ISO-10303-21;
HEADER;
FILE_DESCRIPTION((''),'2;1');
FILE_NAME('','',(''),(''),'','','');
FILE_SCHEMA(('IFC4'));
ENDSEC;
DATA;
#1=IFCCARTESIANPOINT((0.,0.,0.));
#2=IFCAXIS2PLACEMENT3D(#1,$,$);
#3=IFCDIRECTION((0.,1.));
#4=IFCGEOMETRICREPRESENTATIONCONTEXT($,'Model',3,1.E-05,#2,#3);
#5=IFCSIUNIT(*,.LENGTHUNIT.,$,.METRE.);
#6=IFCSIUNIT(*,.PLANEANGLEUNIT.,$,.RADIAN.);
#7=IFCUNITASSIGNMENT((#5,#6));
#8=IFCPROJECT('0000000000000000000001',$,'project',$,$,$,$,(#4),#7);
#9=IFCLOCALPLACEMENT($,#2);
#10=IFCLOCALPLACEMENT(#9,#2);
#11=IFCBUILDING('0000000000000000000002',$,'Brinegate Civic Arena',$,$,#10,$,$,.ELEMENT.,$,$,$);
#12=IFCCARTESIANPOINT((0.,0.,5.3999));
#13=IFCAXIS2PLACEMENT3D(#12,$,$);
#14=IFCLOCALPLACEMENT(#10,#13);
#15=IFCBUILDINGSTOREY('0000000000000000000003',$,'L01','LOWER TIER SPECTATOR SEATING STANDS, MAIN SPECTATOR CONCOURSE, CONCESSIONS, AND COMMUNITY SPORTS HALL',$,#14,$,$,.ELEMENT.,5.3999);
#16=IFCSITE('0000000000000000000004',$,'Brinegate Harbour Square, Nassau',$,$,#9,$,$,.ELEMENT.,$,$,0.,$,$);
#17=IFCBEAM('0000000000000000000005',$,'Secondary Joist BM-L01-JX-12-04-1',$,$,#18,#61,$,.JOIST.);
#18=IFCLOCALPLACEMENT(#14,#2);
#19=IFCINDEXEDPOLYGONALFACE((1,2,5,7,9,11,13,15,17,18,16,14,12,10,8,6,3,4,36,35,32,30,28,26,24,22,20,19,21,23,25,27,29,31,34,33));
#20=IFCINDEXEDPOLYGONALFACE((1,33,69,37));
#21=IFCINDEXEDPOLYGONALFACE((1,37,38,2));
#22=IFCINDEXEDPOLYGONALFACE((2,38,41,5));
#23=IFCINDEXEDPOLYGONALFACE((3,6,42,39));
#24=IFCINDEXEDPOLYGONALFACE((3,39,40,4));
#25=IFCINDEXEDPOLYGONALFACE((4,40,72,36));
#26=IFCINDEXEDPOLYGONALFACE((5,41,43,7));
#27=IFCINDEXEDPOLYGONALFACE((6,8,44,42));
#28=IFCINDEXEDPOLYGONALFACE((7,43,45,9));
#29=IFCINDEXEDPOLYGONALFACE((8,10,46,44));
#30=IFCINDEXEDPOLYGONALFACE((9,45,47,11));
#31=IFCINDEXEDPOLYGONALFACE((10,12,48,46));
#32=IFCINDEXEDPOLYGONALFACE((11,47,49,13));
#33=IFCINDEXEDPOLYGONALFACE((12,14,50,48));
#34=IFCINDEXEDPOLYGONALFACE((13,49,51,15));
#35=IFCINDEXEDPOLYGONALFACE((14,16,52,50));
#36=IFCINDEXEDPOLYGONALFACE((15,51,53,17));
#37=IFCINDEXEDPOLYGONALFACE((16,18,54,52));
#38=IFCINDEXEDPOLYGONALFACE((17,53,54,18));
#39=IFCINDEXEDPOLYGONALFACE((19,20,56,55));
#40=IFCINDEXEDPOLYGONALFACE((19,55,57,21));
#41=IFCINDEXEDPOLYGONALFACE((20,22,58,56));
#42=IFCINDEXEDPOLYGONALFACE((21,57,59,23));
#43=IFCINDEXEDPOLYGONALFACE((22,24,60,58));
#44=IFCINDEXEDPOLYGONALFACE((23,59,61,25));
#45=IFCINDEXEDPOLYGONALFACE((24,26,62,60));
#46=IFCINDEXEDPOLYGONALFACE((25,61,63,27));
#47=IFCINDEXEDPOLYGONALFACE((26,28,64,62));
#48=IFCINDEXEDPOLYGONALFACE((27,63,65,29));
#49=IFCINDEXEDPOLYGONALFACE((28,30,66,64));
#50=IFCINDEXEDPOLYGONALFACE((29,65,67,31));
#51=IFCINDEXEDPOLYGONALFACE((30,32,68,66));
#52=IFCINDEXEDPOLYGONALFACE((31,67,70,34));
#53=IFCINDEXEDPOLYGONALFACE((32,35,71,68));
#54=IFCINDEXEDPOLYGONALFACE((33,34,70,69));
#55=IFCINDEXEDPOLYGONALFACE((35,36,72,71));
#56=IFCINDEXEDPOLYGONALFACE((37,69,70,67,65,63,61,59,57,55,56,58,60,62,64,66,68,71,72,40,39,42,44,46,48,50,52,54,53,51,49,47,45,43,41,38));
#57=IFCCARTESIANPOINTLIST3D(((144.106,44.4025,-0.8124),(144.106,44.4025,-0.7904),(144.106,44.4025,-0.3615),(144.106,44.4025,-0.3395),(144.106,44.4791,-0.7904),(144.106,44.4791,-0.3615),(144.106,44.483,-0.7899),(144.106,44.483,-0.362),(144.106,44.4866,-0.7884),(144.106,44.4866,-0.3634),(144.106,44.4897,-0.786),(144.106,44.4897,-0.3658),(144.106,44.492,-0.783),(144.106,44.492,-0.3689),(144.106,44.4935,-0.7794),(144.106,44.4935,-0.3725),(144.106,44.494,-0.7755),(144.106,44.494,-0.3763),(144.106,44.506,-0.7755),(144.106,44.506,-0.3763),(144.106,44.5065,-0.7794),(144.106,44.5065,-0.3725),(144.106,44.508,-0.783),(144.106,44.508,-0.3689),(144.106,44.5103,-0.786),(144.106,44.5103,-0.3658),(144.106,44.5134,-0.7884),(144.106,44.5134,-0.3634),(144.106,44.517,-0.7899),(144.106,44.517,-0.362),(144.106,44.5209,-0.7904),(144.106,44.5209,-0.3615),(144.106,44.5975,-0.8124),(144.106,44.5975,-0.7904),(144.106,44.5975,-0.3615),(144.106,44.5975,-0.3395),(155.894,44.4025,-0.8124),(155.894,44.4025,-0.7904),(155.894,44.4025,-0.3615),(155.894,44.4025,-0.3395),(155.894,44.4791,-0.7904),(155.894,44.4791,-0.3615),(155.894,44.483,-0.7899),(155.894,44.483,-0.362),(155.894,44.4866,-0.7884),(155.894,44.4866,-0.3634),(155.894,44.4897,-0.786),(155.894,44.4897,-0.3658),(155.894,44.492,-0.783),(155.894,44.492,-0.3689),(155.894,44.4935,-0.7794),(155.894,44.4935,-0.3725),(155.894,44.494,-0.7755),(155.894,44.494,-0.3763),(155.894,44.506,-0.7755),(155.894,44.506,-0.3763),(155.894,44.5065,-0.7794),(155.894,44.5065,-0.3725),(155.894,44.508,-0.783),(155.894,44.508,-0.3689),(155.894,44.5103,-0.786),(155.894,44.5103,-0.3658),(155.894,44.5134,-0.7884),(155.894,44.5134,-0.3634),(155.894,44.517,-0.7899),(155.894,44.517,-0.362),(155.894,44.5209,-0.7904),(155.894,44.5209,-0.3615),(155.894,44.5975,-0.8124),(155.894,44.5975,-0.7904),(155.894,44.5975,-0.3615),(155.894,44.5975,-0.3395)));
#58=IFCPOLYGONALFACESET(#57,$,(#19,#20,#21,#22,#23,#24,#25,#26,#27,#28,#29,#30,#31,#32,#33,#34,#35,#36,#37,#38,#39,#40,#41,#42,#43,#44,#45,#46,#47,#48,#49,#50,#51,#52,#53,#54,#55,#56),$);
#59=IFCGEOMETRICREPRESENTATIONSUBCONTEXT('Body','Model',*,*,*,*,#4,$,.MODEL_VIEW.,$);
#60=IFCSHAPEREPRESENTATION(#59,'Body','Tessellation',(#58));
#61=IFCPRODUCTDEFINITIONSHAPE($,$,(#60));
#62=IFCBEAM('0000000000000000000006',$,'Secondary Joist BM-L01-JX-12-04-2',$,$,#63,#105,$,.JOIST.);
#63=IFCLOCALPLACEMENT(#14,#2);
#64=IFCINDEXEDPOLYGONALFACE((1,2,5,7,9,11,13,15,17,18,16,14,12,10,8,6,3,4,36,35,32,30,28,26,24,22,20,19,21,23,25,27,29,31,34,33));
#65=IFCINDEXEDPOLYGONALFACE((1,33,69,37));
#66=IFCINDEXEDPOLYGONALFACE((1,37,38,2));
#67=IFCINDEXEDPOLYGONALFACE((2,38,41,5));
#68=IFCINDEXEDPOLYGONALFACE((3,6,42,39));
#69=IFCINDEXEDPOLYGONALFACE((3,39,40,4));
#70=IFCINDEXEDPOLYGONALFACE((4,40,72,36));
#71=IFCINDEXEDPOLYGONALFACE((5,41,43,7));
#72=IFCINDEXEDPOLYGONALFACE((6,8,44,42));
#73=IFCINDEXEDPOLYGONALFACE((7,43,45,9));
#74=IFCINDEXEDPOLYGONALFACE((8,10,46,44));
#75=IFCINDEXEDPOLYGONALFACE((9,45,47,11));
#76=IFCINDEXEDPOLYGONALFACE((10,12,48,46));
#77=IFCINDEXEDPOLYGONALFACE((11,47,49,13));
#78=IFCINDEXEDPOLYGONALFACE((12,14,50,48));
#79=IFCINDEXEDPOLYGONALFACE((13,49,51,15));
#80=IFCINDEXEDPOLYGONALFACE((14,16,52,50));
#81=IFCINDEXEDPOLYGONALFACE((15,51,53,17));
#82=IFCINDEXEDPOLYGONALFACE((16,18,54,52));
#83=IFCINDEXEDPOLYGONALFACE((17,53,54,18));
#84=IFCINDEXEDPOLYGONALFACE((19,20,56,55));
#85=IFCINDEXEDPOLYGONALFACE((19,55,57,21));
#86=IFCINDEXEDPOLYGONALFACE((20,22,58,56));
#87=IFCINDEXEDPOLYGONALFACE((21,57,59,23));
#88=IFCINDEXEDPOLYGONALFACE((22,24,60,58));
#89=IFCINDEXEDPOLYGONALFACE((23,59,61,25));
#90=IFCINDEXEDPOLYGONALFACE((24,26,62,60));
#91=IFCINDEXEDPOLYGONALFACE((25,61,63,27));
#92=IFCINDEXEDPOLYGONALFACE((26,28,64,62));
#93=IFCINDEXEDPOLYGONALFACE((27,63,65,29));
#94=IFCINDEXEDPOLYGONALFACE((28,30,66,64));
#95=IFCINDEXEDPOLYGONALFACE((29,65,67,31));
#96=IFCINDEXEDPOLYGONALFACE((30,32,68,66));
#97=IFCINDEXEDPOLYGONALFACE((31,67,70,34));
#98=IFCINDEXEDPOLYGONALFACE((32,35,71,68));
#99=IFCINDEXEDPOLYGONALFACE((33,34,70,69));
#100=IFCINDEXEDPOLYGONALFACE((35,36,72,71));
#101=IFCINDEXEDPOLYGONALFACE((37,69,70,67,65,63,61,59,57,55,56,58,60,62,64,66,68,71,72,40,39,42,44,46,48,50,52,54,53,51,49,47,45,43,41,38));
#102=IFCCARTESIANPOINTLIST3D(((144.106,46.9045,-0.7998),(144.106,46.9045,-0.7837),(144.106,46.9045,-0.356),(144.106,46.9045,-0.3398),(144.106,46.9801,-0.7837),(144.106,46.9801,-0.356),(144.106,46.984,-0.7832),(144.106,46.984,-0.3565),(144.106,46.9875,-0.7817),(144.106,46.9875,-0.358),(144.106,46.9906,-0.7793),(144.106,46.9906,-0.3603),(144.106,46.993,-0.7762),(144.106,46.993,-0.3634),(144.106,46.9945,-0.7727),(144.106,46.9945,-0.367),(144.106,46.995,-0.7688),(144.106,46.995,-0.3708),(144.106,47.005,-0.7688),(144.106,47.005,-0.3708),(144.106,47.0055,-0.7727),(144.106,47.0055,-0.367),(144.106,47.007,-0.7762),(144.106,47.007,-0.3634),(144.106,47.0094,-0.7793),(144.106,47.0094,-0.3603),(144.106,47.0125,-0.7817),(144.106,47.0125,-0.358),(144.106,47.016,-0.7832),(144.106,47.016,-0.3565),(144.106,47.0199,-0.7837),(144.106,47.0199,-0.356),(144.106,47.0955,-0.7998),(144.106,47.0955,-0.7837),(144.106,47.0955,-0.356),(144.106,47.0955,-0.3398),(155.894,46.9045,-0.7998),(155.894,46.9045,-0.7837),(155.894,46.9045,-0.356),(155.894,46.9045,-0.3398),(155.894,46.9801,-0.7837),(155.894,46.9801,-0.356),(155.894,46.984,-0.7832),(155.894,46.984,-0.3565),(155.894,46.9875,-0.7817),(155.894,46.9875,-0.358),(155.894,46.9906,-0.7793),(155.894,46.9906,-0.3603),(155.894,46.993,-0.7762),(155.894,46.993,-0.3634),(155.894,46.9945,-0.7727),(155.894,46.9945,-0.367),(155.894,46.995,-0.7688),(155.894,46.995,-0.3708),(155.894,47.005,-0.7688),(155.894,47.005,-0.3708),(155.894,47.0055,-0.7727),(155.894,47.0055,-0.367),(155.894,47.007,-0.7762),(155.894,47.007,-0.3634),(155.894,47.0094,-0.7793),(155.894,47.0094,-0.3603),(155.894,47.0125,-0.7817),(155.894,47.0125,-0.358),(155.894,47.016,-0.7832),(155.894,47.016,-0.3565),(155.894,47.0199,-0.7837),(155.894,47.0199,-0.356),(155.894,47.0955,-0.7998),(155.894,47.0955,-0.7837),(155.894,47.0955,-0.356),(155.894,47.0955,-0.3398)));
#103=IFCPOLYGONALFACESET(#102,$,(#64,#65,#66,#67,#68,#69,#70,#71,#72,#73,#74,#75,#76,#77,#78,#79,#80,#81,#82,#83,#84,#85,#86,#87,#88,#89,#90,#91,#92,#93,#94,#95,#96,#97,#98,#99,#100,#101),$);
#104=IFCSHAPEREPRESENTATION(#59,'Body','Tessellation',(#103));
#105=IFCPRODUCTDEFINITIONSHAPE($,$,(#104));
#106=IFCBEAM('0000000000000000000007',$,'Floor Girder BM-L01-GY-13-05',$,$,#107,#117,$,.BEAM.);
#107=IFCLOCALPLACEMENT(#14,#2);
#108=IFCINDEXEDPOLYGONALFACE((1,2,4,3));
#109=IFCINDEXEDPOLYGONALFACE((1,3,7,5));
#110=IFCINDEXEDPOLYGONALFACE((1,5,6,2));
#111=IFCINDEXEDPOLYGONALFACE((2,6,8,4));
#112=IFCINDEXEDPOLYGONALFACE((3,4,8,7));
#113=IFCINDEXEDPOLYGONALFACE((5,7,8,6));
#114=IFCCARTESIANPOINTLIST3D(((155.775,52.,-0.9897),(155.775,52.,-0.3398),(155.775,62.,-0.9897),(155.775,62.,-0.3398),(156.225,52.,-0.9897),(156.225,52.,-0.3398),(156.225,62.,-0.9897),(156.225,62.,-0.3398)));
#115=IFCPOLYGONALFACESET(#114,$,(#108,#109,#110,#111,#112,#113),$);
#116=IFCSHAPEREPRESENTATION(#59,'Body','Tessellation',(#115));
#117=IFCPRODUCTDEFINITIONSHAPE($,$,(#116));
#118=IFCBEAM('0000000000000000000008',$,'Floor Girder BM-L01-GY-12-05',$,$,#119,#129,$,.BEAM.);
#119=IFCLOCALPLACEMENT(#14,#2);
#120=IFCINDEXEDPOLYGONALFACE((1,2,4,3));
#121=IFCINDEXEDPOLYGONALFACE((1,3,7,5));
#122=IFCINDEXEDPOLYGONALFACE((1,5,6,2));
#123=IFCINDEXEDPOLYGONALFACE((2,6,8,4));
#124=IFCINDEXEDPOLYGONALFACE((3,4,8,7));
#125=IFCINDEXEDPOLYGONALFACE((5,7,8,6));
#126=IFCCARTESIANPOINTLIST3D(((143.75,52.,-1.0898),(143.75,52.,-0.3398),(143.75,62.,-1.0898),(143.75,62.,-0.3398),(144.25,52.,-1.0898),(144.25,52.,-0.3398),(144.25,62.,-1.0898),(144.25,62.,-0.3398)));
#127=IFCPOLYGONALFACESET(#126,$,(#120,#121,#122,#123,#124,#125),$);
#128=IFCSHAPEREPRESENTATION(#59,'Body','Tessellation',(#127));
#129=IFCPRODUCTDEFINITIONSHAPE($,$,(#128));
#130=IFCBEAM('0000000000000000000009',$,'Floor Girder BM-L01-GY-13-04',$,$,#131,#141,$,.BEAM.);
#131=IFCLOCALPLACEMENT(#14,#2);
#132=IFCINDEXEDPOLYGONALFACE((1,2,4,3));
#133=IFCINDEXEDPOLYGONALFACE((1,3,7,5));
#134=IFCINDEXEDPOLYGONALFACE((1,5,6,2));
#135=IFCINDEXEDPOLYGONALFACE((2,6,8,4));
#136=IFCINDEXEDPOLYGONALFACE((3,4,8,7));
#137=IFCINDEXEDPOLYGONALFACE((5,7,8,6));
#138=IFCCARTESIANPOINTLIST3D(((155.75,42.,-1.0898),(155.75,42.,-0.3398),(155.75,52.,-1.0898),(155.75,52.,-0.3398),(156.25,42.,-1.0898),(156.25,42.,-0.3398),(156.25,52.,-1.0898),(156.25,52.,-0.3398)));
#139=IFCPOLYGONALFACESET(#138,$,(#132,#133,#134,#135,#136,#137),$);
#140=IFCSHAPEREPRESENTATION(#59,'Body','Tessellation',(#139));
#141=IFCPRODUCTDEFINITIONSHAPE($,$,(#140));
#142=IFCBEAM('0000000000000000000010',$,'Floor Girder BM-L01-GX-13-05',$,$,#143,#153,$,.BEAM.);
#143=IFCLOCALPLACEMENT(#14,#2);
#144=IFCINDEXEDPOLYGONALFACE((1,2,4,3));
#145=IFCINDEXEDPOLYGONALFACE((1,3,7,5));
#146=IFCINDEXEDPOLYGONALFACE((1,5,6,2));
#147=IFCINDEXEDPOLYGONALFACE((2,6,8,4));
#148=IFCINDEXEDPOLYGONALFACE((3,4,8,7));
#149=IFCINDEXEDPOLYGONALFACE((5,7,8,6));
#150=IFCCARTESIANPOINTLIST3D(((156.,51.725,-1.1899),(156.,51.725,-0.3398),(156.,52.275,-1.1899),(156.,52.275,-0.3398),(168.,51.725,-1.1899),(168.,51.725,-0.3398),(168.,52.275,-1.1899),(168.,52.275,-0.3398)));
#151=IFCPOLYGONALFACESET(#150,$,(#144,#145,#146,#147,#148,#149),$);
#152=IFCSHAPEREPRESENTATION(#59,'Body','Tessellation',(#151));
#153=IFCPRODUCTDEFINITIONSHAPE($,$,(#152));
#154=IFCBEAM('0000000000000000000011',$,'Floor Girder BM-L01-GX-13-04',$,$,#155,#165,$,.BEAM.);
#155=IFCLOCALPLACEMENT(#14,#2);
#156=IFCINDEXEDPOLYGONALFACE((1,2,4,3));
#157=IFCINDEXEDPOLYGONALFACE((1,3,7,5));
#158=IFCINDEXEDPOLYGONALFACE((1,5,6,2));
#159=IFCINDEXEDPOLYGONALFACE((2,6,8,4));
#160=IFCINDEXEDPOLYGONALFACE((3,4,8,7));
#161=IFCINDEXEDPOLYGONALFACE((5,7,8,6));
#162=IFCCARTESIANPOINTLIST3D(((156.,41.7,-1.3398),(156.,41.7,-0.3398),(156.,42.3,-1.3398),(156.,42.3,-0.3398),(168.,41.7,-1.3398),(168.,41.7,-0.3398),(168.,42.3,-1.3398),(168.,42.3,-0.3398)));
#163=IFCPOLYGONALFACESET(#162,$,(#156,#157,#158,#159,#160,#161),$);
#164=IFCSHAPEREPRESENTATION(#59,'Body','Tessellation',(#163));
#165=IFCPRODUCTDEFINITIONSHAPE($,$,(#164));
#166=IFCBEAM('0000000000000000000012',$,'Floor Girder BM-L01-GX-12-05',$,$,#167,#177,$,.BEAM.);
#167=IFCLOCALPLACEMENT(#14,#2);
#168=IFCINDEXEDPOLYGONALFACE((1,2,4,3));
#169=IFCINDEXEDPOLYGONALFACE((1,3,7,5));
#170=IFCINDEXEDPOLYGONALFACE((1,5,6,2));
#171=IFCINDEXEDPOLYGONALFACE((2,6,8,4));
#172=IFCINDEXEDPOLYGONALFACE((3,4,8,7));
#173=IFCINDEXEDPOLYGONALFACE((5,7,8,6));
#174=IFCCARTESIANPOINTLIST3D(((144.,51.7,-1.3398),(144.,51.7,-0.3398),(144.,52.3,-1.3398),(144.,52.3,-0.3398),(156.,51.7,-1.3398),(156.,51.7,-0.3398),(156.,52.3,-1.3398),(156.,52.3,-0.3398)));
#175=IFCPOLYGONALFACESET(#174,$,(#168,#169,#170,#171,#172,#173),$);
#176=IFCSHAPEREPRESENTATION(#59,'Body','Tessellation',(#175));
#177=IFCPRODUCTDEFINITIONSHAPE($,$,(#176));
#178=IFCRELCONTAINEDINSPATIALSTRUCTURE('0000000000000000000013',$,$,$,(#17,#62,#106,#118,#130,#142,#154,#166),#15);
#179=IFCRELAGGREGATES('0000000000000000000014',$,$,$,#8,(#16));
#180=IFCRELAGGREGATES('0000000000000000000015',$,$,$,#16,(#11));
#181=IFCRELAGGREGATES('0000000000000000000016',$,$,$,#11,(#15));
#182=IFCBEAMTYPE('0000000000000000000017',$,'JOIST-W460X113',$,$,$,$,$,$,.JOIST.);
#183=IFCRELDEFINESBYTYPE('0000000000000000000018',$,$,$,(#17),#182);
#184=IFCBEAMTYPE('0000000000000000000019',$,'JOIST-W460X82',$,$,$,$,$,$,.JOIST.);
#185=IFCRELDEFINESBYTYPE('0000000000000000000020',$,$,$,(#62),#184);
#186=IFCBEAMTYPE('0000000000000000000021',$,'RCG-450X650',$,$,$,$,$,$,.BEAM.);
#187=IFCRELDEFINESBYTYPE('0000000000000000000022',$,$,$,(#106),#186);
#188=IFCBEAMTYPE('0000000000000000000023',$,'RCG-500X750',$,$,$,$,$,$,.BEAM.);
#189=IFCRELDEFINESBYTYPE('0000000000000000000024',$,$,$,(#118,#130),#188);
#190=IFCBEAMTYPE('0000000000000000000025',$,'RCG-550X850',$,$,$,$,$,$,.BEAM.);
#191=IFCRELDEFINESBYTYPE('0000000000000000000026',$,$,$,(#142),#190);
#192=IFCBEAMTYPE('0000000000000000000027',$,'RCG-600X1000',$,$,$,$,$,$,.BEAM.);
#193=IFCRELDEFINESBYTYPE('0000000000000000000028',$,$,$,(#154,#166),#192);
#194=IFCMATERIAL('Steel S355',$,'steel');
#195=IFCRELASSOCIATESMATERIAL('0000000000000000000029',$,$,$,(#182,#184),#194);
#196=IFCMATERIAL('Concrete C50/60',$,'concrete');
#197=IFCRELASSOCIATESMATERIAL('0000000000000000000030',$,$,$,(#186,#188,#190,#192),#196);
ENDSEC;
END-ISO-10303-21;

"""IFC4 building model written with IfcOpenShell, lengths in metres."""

from ifc_helpers import new_model, si_unit, direction, frame, origin, origin_2d, place, context, subcontext, project, spatial, rectangle, i_section, extrude, material, material_profile, profile_set, type_object, element, save


model = new_model("IFC4")

# Units and contexts
model_context = context("Model", 3, precision=1e-05, world=origin(), true_north=direction((0.0, 1.0)))
body_context = subcontext(model_context, "Body", "Model", "MODEL_VIEW")
ifc_project = project(units=[si_unit("LENGTHUNIT", "METRE"), si_unit("PLANEANGLEUNIT", "RADIAN")], contexts=[model_context])

# Site, building, storey
site_placement = place(None, origin())
site = spatial("IfcSite", under=ifc_project, at=site_placement, Name="Brinegate Harbour Square, Nassau", CompositionType="ELEMENT", RefElevation=0.0)
building_placement = place(site_placement, origin())
building = spatial("IfcBuilding", under=site, at=building_placement, Name="Brinegate Civic Arena", CompositionType="ELEMENT")
storey_placement = place(building_placement, frame((0.0, 0.0, 5.3999)))
storey = spatial("IfcBuildingStorey", under=building, at=storey_placement, Name="L01", Description="LOWER TIER SPECTATOR SEATING STANDS, MAIN SPECTATOR CONCOURSE, CONCESSIONS, AND COMMUNITY SPORTS HALL", CompositionType="ELEMENT", Elevation=5.3999)

# Shared definitions
ifc_material_1 = material(Name="Concrete C50/60", Category="concrete")

# Beams
ifc_material_2 = material(Name="Steel S355", Category="steel")
ifc_material_profile_1 = material_profile(ifc_material_2, i_section(OverallWidth=0.1951, OverallDepth=0.4729, WebThickness=0.012, FlangeThickness=0.022, FilletRadius=0.0149, at=origin_2d()), Name="W460X113")
ifc_profile_set_1 = profile_set([ifc_material_profile_1], Name="Steel S355")
beam_type_1 = type_object("IfcBeamType", Name="JOIST-W460X113", PredefinedType="JOIST", material=ifc_profile_set_1)
beam_1_placement = place(storey_placement, frame((144.106, 44.5, -0.5759), z_axis=(1.0, 0.0, 0.0), x_axis=(0.0, 1.0, 0.0)))
element("IfcBeam", 1, at=beam_1_placement, inside=storey, type_object=beam_type_1, Name="Secondary Joist BM-L01-JX-12-04-1", PredefinedType="JOIST", context=body_context, shape_type="SweptSolid", body=[
    extrude(i_section(OverallWidth=0.1951, OverallDepth=0.4729, WebThickness=0.012, FlangeThickness=0.022, FilletRadius=0.0149, at=origin_2d()), origin(), (0.0, 0.0, 1.0), 11.7881),
])
ifc_material_profile_2 = material_profile(ifc_material_2, i_section(OverallWidth=0.1909, OverallDepth=0.46, WebThickness=0.01, FlangeThickness=0.0161, FilletRadius=0.0149, at=origin_2d()), Name="W460X82")
ifc_profile_set_2 = profile_set([ifc_material_profile_2], Name="Steel S355")
beam_type_2 = type_object("IfcBeamType", Name="JOIST-W460X82", PredefinedType="JOIST", material=ifc_profile_set_2)
beam_2_placement = place(storey_placement, frame((144.106, 47.0, -0.5698), z_axis=(1.0, 0.0, 0.0), x_axis=(0.0, 1.0, 0.0)))
element("IfcBeam", 2, at=beam_2_placement, inside=storey, type_object=beam_type_2, Name="Secondary Joist BM-L01-JX-12-04-2", PredefinedType="JOIST", context=body_context, shape_type="SweptSolid", body=[
    extrude(i_section(OverallWidth=0.1909, OverallDepth=0.46, WebThickness=0.01, FlangeThickness=0.0161, FilletRadius=0.0149, at=origin_2d()), origin(), (0.0, 0.0, 1.0), 11.7881),
])
ifc_material_profile_3 = material_profile(ifc_material_1, rectangle(XDim=0.45, YDim=0.6499, at=origin_2d()), Name="RCB450X650")
ifc_profile_set_3 = profile_set([ifc_material_profile_3], Name="Concrete C50/60")
beam_type_3 = type_object("IfcBeamType", Name="RCG-450X650", PredefinedType="BEAM", material=ifc_profile_set_3)
beam_3_placement = place(storey_placement, frame((156.0, 52.0, -0.6648), z_axis=(0.0, 1.0, 0.0), x_axis=(-1.0, 0.0, 0.0)))
element("IfcBeam", 3, at=beam_3_placement, inside=storey, type_object=beam_type_3, Name="Floor Girder BM-L01-GY-13-05", PredefinedType="BEAM", context=body_context, shape_type="SweptSolid", body=[
    extrude(rectangle(XDim=0.45, YDim=0.6499, at=origin_2d()), origin(), (0.0, 0.0, 1.0), 10.0),
])
ifc_material_profile_4 = material_profile(ifc_material_1, rectangle(XDim=0.5, YDim=0.75, at=origin_2d()), Name="RCB500X750")
ifc_profile_set_4 = profile_set([ifc_material_profile_4], Name="Concrete C50/60")
beam_type_4 = type_object("IfcBeamType", Name="RCG-500X750", PredefinedType="BEAM", material=ifc_profile_set_4)
for number, where, z_axis, x_axis, name in (
    (4, (144.0, 52.0, -0.7148), (0.0, 1.0, 0.0), (-1.0, 0.0, 0.0), "Floor Girder BM-L01-GY-12-05"),
    (5, (156.0, 42.0, -0.7148), (0.0, 1.0, 0.0), (-1.0, 0.0, 0.0), "Floor Girder BM-L01-GY-13-04"),
):
    element("IfcBeam", number, at=place(storey_placement, frame(where, z_axis=z_axis, x_axis=x_axis)), inside=storey, type_object=beam_type_4, Name=name, PredefinedType="BEAM", context=body_context, shape_type="SweptSolid", body=[
        extrude(rectangle(XDim=0.5, YDim=0.75, at=origin_2d()), origin(), (0.0, 0.0, 1.0), 10.0),
    ])
ifc_material_profile_5 = material_profile(ifc_material_1, rectangle(XDim=0.55, YDim=0.8501, at=origin_2d()), Name="RCB550X850")
ifc_profile_set_5 = profile_set([ifc_material_profile_5], Name="Concrete C50/60")
beam_type_5 = type_object("IfcBeamType", Name="RCG-550X850", PredefinedType="BEAM", material=ifc_profile_set_5)
beam_4_placement = place(storey_placement, frame((156.0, 52.0, -0.7649), z_axis=(1.0, 0.0, 0.0), x_axis=(0.0, 1.0, 0.0)))
element("IfcBeam", 6, at=beam_4_placement, inside=storey, type_object=beam_type_5, Name="Floor Girder BM-L01-GX-13-05", PredefinedType="BEAM", context=body_context, shape_type="SweptSolid", body=[
    extrude(rectangle(XDim=0.55, YDim=0.8501, at=origin_2d()), origin(), (0.0, 0.0, 1.0), 12.0),
])
ifc_material_profile_6 = material_profile(ifc_material_1, rectangle(XDim=0.6001, YDim=1.0, at=origin_2d()), Name="RCB600X1000")
ifc_profile_set_6 = profile_set([ifc_material_profile_6], Name="Concrete C50/60")
beam_type_6 = type_object("IfcBeamType", Name="RCG-600X1000", PredefinedType="BEAM", material=ifc_profile_set_6)
for number, where, z_axis, x_axis, name in (
    (7, (156.0, 42.0, -0.8398), (1.0, 0.0, 0.0), (0.0, 1.0, 0.0), "Floor Girder BM-L01-GX-13-04"),
    (8, (144.0, 52.0, -0.8398), (1.0, 0.0, 0.0), (0.0, 1.0, 0.0), "Floor Girder BM-L01-GX-12-05"),
):
    element("IfcBeam", number, at=place(storey_placement, frame(where, z_axis=z_axis, x_axis=x_axis)), inside=storey, type_object=beam_type_6, Name=name, PredefinedType="BEAM", context=body_context, shape_type="SweptSolid", body=[
        extrude(rectangle(XDim=0.6001, YDim=1.0, at=origin_2d()), origin(), (0.0, 0.0, 1.0), 12.0),
    ])

save(model, "model.ifc")
